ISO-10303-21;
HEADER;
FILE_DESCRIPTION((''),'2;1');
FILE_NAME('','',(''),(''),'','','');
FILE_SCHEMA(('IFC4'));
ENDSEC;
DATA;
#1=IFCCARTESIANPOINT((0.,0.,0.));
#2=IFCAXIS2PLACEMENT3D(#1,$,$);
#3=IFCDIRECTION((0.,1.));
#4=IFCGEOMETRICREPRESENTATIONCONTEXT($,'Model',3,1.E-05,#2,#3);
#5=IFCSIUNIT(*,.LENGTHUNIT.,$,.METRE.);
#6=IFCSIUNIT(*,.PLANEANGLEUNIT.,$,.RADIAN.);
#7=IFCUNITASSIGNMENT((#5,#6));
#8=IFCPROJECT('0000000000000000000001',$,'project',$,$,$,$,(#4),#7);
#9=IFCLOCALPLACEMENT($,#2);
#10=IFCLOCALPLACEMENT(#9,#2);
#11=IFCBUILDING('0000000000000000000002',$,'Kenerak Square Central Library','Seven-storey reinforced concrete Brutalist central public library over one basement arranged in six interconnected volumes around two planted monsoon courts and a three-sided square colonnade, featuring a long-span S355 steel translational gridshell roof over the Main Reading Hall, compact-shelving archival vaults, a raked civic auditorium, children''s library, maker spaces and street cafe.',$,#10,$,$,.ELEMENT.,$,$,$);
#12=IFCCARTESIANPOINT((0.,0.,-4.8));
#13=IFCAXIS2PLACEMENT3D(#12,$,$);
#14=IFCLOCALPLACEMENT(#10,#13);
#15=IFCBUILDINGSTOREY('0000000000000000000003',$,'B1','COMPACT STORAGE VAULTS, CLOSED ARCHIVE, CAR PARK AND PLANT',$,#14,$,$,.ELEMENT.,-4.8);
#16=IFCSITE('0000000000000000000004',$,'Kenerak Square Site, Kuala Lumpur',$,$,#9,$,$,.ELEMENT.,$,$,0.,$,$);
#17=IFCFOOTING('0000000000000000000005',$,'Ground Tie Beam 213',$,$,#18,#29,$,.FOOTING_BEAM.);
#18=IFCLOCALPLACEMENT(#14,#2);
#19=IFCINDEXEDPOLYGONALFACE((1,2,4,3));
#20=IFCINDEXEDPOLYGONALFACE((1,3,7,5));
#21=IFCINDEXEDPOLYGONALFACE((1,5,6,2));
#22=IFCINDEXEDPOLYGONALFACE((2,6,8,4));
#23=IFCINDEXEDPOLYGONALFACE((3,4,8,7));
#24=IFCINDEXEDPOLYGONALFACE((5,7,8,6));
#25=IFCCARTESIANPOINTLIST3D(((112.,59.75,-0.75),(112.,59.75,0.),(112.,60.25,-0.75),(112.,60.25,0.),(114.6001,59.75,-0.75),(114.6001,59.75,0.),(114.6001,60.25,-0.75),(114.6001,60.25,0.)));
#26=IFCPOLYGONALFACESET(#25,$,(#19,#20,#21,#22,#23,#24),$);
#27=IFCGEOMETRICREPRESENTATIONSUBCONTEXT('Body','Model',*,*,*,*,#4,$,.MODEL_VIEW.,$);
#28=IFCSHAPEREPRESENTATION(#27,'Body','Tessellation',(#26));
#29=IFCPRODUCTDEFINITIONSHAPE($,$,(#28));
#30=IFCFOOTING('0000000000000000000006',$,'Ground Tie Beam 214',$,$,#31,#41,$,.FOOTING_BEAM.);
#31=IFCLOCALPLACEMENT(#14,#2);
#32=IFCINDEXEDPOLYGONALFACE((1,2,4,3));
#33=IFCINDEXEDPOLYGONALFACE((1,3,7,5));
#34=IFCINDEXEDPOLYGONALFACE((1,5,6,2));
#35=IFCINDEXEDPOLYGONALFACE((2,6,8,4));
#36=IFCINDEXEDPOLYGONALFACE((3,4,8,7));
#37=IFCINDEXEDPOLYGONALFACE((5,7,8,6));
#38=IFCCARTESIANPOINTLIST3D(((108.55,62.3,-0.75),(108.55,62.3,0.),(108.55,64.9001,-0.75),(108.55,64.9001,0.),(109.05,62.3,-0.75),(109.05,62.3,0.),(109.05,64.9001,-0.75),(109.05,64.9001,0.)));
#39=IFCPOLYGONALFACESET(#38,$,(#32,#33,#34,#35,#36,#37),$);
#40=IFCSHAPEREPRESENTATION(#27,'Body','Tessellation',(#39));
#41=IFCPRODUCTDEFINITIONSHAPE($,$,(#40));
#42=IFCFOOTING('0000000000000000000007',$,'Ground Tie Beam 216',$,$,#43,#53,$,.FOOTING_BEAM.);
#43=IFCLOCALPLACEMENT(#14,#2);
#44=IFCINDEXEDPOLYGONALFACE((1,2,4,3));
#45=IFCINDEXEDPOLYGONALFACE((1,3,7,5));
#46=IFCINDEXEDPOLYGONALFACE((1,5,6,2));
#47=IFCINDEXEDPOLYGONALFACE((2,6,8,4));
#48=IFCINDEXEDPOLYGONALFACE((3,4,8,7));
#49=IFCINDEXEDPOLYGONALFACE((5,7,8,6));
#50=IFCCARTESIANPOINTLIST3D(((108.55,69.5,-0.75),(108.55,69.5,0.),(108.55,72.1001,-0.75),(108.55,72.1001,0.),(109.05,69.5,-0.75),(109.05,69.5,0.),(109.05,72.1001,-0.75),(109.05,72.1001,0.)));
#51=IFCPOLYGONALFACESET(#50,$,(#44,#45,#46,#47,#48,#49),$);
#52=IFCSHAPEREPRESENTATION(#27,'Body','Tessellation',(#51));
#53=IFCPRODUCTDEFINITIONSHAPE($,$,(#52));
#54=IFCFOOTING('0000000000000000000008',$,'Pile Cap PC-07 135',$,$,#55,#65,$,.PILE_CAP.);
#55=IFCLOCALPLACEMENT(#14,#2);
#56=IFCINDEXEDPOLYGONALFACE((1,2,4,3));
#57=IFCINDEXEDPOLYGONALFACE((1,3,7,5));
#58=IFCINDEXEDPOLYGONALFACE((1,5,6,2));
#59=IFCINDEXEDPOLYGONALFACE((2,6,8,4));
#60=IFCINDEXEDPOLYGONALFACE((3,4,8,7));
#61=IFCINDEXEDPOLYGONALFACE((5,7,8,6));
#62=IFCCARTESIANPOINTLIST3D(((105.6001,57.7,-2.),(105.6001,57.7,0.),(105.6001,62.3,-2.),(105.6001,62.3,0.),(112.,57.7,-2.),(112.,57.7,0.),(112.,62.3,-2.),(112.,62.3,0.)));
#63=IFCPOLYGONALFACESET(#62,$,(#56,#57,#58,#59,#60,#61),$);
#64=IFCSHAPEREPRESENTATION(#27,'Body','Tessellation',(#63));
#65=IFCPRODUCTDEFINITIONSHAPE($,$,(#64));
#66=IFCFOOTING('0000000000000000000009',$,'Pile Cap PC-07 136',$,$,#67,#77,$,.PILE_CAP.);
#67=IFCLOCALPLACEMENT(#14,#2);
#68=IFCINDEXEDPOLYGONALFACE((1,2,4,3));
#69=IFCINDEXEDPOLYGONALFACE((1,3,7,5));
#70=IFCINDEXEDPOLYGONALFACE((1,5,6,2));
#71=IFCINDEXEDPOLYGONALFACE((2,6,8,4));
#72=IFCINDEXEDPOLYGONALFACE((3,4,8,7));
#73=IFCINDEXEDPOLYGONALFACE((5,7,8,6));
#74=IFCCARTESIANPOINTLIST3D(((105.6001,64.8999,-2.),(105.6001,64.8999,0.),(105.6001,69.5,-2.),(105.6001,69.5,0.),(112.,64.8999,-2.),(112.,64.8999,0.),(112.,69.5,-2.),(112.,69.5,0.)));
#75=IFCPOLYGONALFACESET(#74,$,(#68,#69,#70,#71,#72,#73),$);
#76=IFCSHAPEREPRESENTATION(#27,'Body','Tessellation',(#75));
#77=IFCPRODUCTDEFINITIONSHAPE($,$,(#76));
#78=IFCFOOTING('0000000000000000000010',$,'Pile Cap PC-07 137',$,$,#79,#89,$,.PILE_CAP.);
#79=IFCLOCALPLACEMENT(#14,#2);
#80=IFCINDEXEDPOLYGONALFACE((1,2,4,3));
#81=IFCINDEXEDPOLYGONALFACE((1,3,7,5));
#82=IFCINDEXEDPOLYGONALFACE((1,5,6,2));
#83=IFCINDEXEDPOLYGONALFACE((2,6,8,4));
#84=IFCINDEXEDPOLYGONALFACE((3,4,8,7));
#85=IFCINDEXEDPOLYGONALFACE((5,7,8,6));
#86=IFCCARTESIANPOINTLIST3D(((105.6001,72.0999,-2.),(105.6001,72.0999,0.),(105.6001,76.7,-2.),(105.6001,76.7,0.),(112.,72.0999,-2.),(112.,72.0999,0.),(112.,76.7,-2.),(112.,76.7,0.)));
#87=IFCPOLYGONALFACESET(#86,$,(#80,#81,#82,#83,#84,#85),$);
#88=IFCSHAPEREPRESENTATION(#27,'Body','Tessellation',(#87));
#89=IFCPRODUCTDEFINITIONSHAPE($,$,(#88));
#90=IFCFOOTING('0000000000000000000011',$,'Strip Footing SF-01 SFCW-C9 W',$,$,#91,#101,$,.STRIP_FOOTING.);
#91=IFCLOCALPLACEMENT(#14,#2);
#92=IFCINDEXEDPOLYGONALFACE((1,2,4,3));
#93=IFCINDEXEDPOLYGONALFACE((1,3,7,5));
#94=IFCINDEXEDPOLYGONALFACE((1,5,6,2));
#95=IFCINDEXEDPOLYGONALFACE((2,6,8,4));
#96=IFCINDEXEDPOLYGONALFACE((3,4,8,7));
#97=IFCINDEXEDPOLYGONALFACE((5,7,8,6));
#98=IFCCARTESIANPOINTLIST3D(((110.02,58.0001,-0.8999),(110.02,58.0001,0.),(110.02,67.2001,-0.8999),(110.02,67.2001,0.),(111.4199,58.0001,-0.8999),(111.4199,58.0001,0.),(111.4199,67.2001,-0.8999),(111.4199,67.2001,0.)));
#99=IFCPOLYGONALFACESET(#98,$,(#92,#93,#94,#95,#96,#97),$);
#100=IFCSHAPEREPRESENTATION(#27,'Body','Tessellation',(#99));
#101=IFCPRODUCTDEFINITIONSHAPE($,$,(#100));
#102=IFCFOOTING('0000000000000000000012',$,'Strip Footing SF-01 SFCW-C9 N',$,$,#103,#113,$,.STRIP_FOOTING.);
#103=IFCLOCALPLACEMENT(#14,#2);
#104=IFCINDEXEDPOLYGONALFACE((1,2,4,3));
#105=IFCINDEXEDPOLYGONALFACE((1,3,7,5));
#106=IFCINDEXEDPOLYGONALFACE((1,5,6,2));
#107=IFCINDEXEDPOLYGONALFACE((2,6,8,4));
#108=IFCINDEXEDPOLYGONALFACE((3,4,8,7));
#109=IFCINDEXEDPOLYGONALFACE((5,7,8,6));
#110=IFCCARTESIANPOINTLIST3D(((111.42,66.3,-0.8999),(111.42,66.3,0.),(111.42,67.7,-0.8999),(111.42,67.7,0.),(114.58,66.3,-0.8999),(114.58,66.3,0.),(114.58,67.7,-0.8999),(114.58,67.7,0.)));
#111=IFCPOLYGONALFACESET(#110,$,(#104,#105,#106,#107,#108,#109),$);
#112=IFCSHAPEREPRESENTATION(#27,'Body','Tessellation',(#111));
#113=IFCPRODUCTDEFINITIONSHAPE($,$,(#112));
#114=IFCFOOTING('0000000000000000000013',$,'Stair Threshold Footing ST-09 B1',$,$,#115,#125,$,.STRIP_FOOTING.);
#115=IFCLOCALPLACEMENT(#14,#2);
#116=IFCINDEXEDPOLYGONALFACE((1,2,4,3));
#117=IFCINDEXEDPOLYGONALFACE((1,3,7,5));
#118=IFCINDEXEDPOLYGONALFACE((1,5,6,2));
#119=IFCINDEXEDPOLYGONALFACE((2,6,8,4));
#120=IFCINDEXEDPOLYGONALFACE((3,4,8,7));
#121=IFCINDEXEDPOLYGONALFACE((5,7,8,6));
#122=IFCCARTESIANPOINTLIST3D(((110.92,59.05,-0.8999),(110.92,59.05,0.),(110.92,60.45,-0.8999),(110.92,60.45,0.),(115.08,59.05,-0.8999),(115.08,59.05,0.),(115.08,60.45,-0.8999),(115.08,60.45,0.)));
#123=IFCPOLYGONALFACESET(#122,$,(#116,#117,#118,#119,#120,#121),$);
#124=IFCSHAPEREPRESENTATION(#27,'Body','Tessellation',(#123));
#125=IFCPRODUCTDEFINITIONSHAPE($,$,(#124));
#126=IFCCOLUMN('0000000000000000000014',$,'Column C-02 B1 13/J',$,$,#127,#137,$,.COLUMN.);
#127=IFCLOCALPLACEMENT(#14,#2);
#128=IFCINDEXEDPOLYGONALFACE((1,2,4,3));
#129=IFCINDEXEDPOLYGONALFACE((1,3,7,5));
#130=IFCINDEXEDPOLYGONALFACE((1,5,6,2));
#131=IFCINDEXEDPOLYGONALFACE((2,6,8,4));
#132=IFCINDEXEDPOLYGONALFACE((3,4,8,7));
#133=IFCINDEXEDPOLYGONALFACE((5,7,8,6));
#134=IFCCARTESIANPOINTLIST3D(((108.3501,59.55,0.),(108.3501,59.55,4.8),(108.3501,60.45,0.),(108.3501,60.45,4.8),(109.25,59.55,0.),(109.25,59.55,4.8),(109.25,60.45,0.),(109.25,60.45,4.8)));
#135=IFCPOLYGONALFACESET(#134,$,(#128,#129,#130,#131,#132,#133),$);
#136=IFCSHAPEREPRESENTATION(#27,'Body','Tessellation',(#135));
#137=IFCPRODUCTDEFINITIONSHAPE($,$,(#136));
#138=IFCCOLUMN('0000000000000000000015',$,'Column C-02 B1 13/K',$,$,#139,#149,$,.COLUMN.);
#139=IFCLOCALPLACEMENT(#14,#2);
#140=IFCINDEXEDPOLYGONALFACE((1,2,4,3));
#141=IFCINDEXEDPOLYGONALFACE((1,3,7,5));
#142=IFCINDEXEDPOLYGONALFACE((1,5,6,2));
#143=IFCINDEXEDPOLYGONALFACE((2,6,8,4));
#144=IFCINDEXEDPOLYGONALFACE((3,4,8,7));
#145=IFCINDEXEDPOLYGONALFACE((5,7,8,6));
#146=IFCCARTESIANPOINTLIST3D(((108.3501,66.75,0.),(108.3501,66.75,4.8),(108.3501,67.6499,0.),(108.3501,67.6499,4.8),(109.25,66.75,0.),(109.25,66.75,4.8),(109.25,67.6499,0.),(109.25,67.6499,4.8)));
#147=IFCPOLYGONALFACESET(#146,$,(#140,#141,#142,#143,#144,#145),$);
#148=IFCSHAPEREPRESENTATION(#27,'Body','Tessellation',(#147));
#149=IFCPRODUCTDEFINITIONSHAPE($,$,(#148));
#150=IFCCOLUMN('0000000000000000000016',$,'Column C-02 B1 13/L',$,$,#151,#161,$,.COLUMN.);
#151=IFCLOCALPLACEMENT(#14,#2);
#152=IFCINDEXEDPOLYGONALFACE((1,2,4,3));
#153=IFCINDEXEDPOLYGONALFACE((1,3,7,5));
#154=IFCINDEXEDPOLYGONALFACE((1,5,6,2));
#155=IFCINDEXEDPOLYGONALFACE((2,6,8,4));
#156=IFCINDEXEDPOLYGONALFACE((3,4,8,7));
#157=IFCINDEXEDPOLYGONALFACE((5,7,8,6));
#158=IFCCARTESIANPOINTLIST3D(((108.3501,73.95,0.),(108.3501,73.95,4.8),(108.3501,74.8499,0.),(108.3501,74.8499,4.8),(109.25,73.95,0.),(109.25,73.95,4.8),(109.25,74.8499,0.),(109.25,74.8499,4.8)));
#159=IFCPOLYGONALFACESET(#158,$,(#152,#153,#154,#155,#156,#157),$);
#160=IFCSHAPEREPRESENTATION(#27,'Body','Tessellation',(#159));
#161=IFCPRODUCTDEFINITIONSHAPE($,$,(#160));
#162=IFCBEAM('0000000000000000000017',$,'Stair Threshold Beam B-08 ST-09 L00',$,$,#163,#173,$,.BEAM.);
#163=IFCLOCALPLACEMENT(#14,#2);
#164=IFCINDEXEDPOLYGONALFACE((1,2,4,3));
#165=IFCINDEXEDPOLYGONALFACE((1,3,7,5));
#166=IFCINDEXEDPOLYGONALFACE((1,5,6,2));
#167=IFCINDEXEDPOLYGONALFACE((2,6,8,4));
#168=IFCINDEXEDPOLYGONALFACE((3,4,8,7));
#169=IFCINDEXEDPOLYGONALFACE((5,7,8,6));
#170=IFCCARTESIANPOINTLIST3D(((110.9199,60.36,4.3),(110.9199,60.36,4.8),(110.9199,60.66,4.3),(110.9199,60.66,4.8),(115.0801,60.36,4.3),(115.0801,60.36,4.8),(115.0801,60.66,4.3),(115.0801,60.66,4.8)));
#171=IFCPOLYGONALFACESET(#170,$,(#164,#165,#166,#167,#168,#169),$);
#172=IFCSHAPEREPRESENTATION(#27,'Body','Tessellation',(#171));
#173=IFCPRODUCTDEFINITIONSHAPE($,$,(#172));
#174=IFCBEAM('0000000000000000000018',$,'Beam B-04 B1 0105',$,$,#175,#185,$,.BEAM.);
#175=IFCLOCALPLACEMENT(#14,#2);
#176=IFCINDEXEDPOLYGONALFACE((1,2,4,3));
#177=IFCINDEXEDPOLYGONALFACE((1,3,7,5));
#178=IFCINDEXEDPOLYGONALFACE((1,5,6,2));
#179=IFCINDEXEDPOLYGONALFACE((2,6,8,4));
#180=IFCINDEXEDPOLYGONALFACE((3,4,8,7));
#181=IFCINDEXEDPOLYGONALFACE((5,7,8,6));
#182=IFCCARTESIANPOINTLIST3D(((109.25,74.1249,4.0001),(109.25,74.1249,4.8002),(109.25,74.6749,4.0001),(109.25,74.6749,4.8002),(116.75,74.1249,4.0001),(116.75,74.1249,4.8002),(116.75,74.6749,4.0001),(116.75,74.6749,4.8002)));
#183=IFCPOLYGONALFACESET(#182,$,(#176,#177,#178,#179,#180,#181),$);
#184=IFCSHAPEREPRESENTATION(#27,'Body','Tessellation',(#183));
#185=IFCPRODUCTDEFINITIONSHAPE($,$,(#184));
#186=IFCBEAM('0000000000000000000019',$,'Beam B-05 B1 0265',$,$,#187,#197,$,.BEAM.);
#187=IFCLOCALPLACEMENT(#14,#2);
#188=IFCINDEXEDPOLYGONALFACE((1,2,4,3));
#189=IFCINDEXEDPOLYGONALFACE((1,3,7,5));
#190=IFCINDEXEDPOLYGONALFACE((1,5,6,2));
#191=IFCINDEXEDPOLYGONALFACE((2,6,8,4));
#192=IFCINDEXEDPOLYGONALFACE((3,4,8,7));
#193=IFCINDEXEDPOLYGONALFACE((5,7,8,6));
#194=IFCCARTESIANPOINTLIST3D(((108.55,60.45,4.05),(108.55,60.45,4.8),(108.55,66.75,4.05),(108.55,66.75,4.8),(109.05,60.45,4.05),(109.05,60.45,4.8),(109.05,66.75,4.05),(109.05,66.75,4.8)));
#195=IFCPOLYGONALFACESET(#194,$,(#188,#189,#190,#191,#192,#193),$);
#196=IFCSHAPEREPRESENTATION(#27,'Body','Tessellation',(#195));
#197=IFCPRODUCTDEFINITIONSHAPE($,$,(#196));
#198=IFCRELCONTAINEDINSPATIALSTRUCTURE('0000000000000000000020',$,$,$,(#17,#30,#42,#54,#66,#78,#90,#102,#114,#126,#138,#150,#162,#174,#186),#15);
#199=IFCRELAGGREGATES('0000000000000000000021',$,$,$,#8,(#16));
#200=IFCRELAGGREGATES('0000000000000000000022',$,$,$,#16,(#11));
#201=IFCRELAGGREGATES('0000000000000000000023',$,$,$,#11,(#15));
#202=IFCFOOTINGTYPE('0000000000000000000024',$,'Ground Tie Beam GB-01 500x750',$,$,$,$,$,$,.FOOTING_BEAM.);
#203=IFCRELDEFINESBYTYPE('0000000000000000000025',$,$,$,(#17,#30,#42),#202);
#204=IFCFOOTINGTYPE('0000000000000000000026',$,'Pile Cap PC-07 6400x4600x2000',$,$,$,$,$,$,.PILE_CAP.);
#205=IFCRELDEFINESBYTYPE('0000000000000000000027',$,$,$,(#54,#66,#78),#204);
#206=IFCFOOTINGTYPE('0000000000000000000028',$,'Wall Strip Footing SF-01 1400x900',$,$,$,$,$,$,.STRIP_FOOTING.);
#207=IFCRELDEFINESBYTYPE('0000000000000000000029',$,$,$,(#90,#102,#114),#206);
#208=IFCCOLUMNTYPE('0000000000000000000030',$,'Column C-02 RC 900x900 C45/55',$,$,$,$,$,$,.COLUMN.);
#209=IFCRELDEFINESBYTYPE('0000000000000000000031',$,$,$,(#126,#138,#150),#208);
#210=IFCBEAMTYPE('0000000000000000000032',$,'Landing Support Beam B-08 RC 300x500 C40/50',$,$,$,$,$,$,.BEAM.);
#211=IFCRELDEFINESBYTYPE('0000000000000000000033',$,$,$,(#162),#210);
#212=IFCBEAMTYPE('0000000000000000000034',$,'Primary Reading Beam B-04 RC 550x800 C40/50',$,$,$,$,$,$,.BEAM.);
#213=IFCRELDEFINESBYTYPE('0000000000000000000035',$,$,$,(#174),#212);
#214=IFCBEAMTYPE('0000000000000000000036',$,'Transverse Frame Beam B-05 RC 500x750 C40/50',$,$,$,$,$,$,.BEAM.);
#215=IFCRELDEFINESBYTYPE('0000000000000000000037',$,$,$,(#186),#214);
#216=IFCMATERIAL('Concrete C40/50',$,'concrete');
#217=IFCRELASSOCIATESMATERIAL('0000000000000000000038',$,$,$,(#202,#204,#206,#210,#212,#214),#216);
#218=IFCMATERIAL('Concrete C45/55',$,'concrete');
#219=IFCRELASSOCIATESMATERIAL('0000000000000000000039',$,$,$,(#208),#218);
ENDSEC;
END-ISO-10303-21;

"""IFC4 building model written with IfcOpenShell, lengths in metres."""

from ifc_helpers import new_model, si_unit, direction, frame, origin, origin_2d, place, context, subcontext, project, spatial, rectangle, extrude, material, material_profile, profile_set, type_object, element, save


model = new_model("IFC4")

# Units and contexts
model_context = context("Model", 3, precision=1e-05, world=origin(), true_north=direction((0.0, 1.0)))
body_context = subcontext(model_context, "Body", "Model", "MODEL_VIEW")
ifc_project = project(units=[si_unit("LENGTHUNIT", "METRE"), si_unit("PLANEANGLEUNIT", "RADIAN")], contexts=[model_context])

# Site, building, storey
site_placement = place(None, origin())
site = spatial("IfcSite", under=ifc_project, at=site_placement, Name="Kenerak Square Site, Kuala Lumpur", CompositionType="ELEMENT", RefElevation=0.0)
building_placement = place(site_placement, origin())
building = spatial("IfcBuilding", under=site, at=building_placement, Name="Kenerak Square Central Library", Description="Seven-storey reinforced concrete Brutalist central public library over one basement arranged in six interconnected volumes around two planted monsoon courts and a three-sided square colonnade, featuring a long-span S355 steel translational gridshell roof over the Main Reading Hall, compact-shelving archival vaults, a raked civic auditorium, children's library, maker spaces and street cafe.", CompositionType="ELEMENT")
storey_placement = place(building_placement, frame((0.0, 0.0, -4.8)))
storey = spatial("IfcBuildingStorey", under=building, at=storey_placement, Name="B1", Description="COMPACT STORAGE VAULTS, CLOSED ARCHIVE, CAR PARK AND PLANT", CompositionType="ELEMENT", Elevation=-4.8)

# Shared definitions
ifc_material_1 = material(Name="Concrete C40/50", Category="concrete")

# Footings
footing_type_1 = type_object("IfcFootingType", Name="Ground Tie Beam GB-01 500x750", PredefinedType="FOOTING_BEAM", material=ifc_material_1)
footing_1_placement = place(storey_placement, frame((113.3, 60.0, -0.75), z_axis=(0.0, 0.0, 1.0), x_axis=(1.0, 0.0, 0.0)))
element("IfcFooting", 1, at=footing_1_placement, inside=storey, type_object=footing_type_1, Name="Ground Tie Beam 213", PredefinedType="FOOTING_BEAM", context=body_context, shape_type="SweptSolid", body=[
    extrude(rectangle(XDim=2.6001, YDim=0.5, at=origin_2d()), origin(), (0.0, 0.0, 1.0), 0.75),
])
for number, where, z_axis, x_axis, name in (
    (2, (108.8, 63.6001, -0.75), (0.0, 0.0, 1.0), (1.0, 0.0, 0.0), "Ground Tie Beam 214"),
    (3, (108.8, 70.8, -0.75), (0.0, 0.0, 1.0), (1.0, 0.0, 0.0), "Ground Tie Beam 216"),
):
    element("IfcFooting", number, at=place(storey_placement, frame(where, z_axis=z_axis, x_axis=x_axis)), inside=storey, type_object=footing_type_1, Name=name, PredefinedType="FOOTING_BEAM", context=body_context, shape_type="SweptSolid", body=[
        extrude(rectangle(XDim=0.5, YDim=2.6001, at=origin_2d()), origin(), (0.0, 0.0, 1.0), 0.75),
    ])
footing_type_2 = type_object("IfcFootingType", Name="Pile Cap PC-07 6400x4600x2000", PredefinedType="PILE_CAP", material=ifc_material_1)
for number, where, z_axis, x_axis, name in (
    (4, (108.8, 60.0, -2.0), (0.0, 0.0, 1.0), (1.0, 0.0, 0.0), "Pile Cap PC-07 135"),
    (5, (108.8, 67.2, -2.0), (0.0, 0.0, 1.0), (1.0, 0.0, 0.0), "Pile Cap PC-07 136"),
    (6, (108.8, 74.3999, -2.0), (0.0, 0.0, 1.0), (1.0, 0.0, 0.0), "Pile Cap PC-07 137"),
):
    element("IfcFooting", number, at=place(storey_placement, frame(where, z_axis=z_axis, x_axis=x_axis)), inside=storey, type_object=footing_type_2, Name=name, PredefinedType="PILE_CAP", context=body_context, shape_type="SweptSolid", body=[
        extrude(rectangle(XDim=6.3999, YDim=4.6001, at=origin_2d()), origin(), (0.0, 0.0, 1.0), 2.0),
    ])
footing_type_3 = type_object("IfcFootingType", Name="Wall Strip Footing SF-01 1400x900", PredefinedType="STRIP_FOOTING", material=ifc_material_1)
footing_2_placement = place(storey_placement, frame((110.72, 62.6001, -0.8999), z_axis=(0.0, 0.0, 1.0), x_axis=(1.0, 0.0, 0.0)))
element("IfcFooting", 7, at=footing_2_placement, inside=storey, type_object=footing_type_3, Name="Strip Footing SF-01 SFCW-C9 W", PredefinedType="STRIP_FOOTING", context=body_context, shape_type="SweptSolid", body=[
    extrude(rectangle(XDim=1.3999, YDim=9.2, at=origin_2d()), origin(), (0.0, 0.0, 1.0), 0.8999),
])
footing_3_placement = place(storey_placement, frame((113.0, 67.0, -0.8999), z_axis=(0.0, 0.0, 1.0), x_axis=(1.0, 0.0, 0.0)))
element("IfcFooting", 8, at=footing_3_placement, inside=storey, type_object=footing_type_3, Name="Strip Footing SF-01 SFCW-C9 N", PredefinedType="STRIP_FOOTING", context=body_context, shape_type="SweptSolid", body=[
    extrude(rectangle(XDim=3.1599, YDim=1.3999, at=origin_2d()), origin(), (0.0, 0.0, 1.0), 0.8999),
])
footing_4_placement = place(storey_placement, frame((113.0, 59.75, -0.8999), z_axis=(0.0, 0.0, 1.0), x_axis=(1.0, 0.0, 0.0)))
element("IfcFooting", 9, at=footing_4_placement, inside=storey, type_object=footing_type_3, Name="Stair Threshold Footing ST-09 B1", PredefinedType="STRIP_FOOTING", context=body_context, shape_type="SweptSolid", body=[
    extrude(rectangle(XDim=4.1599, YDim=1.3999, at=origin_2d()), origin(), (0.0, 0.0, 1.0), 0.8999),
])

# Columns
ifc_material_2 = material(Name="Concrete C45/55", Category="concrete")
ifc_material_profile_1 = material_profile(ifc_material_2, rectangle(XDim=0.8999, YDim=0.8999, at=origin_2d()), Name="RC 900x900")
ifc_profile_set_1 = profile_set([ifc_material_profile_1], Name="Concrete C45/55")
column_type = type_object("IfcColumnType", Name="Column C-02 RC 900x900 C45/55", PredefinedType="COLUMN", material=ifc_profile_set_1)
for number, where, z_axis, x_axis, name in (
    (10, (108.8, 60.0, 0.0), (0.0, 0.0, 1.0), (1.0, 0.0, 0.0), "Column C-02 B1 13/J"),
    (11, (108.8, 67.2, 0.0), (0.0, 0.0, 1.0), (1.0, 0.0, 0.0), "Column C-02 B1 13/K"),
    (12, (108.8, 74.3999, 0.0), (0.0, 0.0, 1.0), (1.0, 0.0, 0.0), "Column C-02 B1 13/L"),
):
    element("IfcColumn", number, at=place(storey_placement, frame(where, z_axis=z_axis, x_axis=x_axis)), inside=storey, type_object=column_type, Name=name, PredefinedType="COLUMN", context=body_context, shape_type="SweptSolid", body=[
        extrude(rectangle(XDim=0.8999, YDim=0.8999, at=origin_2d()), origin(), (0.0, 0.0, 1.0), 4.8),
    ])

# Beams
ifc_material_profile_2 = material_profile(ifc_material_1, rectangle(XDim=0.3, YDim=0.5, at=origin_2d()), Name="RC 300x500")
ifc_profile_set_2 = profile_set([ifc_material_profile_2], Name="Concrete C40/50")
beam_type_1 = type_object("IfcBeamType", Name="Landing Support Beam B-08 RC 300x500 C40/50", PredefinedType="BEAM", material=ifc_profile_set_2)
beam_1_placement = place(storey_placement, frame((110.9199, 60.51, 4.55), z_axis=(1.0, 0.0, 0.0), x_axis=(0.0, 1.0, 0.0)))
element("IfcBeam", 13, at=beam_1_placement, inside=storey, type_object=beam_type_1, Name="Stair Threshold Beam B-08 ST-09 L00", PredefinedType="BEAM", context=body_context, shape_type="SweptSolid", body=[
    extrude(rectangle(XDim=0.3, YDim=0.5, at=origin_2d()), origin(), (0.0, 0.0, 1.0), 4.1602),
])
ifc_material_profile_3 = material_profile(ifc_material_1, rectangle(XDim=0.55, YDim=0.8, at=origin_2d()), Name="RC 550x800")
ifc_profile_set_3 = profile_set([ifc_material_profile_3], Name="Concrete C40/50")
beam_type_2 = type_object("IfcBeamType", Name="Primary Reading Beam B-04 RC 550x800 C40/50", PredefinedType="BEAM", material=ifc_profile_set_3)
beam_2_placement = place(storey_placement, frame((109.25, 74.3999, 4.4001), z_axis=(1.0, 0.0, 0.0), x_axis=(0.0, 1.0, 0.0)))
element("IfcBeam", 14, at=beam_2_placement, inside=storey, type_object=beam_type_2, Name="Beam B-04 B1 0105", PredefinedType="BEAM", context=body_context, shape_type="SweptSolid", body=[
    extrude(rectangle(XDim=0.55, YDim=0.8, at=origin_2d()), origin(), (0.0, 0.0, 1.0), 7.5),
])
ifc_material_profile_4 = material_profile(ifc_material_1, rectangle(XDim=0.5, YDim=0.75, at=origin_2d()), Name="RC 500x750")
ifc_profile_set_4 = profile_set([ifc_material_profile_4], Name="Concrete C40/50")
beam_type_3 = type_object("IfcBeamType", Name="Transverse Frame Beam B-05 RC 500x750 C40/50", PredefinedType="BEAM", material=ifc_profile_set_4)
for number, where, z_axis, x_axis, name in (
    (15, (108.8, 60.45, 4.425), (0.0, 1.0, 0.0), (-1.0, 0.0, 0.0), "Beam B-05 B1 0265"),
):
    element("IfcBeam", number, at=place(storey_placement, frame(where, z_axis=z_axis, x_axis=x_axis)), inside=storey, type_object=beam_type_3, Name=name, PredefinedType="BEAM", context=body_context, shape_type="SweptSolid", body=[
        extrude(rectangle(XDim=0.5, YDim=0.75, at=origin_2d()), origin(), (0.0, 0.0, 1.0), 6.3),
    ])

save(model, "model.ifc")
